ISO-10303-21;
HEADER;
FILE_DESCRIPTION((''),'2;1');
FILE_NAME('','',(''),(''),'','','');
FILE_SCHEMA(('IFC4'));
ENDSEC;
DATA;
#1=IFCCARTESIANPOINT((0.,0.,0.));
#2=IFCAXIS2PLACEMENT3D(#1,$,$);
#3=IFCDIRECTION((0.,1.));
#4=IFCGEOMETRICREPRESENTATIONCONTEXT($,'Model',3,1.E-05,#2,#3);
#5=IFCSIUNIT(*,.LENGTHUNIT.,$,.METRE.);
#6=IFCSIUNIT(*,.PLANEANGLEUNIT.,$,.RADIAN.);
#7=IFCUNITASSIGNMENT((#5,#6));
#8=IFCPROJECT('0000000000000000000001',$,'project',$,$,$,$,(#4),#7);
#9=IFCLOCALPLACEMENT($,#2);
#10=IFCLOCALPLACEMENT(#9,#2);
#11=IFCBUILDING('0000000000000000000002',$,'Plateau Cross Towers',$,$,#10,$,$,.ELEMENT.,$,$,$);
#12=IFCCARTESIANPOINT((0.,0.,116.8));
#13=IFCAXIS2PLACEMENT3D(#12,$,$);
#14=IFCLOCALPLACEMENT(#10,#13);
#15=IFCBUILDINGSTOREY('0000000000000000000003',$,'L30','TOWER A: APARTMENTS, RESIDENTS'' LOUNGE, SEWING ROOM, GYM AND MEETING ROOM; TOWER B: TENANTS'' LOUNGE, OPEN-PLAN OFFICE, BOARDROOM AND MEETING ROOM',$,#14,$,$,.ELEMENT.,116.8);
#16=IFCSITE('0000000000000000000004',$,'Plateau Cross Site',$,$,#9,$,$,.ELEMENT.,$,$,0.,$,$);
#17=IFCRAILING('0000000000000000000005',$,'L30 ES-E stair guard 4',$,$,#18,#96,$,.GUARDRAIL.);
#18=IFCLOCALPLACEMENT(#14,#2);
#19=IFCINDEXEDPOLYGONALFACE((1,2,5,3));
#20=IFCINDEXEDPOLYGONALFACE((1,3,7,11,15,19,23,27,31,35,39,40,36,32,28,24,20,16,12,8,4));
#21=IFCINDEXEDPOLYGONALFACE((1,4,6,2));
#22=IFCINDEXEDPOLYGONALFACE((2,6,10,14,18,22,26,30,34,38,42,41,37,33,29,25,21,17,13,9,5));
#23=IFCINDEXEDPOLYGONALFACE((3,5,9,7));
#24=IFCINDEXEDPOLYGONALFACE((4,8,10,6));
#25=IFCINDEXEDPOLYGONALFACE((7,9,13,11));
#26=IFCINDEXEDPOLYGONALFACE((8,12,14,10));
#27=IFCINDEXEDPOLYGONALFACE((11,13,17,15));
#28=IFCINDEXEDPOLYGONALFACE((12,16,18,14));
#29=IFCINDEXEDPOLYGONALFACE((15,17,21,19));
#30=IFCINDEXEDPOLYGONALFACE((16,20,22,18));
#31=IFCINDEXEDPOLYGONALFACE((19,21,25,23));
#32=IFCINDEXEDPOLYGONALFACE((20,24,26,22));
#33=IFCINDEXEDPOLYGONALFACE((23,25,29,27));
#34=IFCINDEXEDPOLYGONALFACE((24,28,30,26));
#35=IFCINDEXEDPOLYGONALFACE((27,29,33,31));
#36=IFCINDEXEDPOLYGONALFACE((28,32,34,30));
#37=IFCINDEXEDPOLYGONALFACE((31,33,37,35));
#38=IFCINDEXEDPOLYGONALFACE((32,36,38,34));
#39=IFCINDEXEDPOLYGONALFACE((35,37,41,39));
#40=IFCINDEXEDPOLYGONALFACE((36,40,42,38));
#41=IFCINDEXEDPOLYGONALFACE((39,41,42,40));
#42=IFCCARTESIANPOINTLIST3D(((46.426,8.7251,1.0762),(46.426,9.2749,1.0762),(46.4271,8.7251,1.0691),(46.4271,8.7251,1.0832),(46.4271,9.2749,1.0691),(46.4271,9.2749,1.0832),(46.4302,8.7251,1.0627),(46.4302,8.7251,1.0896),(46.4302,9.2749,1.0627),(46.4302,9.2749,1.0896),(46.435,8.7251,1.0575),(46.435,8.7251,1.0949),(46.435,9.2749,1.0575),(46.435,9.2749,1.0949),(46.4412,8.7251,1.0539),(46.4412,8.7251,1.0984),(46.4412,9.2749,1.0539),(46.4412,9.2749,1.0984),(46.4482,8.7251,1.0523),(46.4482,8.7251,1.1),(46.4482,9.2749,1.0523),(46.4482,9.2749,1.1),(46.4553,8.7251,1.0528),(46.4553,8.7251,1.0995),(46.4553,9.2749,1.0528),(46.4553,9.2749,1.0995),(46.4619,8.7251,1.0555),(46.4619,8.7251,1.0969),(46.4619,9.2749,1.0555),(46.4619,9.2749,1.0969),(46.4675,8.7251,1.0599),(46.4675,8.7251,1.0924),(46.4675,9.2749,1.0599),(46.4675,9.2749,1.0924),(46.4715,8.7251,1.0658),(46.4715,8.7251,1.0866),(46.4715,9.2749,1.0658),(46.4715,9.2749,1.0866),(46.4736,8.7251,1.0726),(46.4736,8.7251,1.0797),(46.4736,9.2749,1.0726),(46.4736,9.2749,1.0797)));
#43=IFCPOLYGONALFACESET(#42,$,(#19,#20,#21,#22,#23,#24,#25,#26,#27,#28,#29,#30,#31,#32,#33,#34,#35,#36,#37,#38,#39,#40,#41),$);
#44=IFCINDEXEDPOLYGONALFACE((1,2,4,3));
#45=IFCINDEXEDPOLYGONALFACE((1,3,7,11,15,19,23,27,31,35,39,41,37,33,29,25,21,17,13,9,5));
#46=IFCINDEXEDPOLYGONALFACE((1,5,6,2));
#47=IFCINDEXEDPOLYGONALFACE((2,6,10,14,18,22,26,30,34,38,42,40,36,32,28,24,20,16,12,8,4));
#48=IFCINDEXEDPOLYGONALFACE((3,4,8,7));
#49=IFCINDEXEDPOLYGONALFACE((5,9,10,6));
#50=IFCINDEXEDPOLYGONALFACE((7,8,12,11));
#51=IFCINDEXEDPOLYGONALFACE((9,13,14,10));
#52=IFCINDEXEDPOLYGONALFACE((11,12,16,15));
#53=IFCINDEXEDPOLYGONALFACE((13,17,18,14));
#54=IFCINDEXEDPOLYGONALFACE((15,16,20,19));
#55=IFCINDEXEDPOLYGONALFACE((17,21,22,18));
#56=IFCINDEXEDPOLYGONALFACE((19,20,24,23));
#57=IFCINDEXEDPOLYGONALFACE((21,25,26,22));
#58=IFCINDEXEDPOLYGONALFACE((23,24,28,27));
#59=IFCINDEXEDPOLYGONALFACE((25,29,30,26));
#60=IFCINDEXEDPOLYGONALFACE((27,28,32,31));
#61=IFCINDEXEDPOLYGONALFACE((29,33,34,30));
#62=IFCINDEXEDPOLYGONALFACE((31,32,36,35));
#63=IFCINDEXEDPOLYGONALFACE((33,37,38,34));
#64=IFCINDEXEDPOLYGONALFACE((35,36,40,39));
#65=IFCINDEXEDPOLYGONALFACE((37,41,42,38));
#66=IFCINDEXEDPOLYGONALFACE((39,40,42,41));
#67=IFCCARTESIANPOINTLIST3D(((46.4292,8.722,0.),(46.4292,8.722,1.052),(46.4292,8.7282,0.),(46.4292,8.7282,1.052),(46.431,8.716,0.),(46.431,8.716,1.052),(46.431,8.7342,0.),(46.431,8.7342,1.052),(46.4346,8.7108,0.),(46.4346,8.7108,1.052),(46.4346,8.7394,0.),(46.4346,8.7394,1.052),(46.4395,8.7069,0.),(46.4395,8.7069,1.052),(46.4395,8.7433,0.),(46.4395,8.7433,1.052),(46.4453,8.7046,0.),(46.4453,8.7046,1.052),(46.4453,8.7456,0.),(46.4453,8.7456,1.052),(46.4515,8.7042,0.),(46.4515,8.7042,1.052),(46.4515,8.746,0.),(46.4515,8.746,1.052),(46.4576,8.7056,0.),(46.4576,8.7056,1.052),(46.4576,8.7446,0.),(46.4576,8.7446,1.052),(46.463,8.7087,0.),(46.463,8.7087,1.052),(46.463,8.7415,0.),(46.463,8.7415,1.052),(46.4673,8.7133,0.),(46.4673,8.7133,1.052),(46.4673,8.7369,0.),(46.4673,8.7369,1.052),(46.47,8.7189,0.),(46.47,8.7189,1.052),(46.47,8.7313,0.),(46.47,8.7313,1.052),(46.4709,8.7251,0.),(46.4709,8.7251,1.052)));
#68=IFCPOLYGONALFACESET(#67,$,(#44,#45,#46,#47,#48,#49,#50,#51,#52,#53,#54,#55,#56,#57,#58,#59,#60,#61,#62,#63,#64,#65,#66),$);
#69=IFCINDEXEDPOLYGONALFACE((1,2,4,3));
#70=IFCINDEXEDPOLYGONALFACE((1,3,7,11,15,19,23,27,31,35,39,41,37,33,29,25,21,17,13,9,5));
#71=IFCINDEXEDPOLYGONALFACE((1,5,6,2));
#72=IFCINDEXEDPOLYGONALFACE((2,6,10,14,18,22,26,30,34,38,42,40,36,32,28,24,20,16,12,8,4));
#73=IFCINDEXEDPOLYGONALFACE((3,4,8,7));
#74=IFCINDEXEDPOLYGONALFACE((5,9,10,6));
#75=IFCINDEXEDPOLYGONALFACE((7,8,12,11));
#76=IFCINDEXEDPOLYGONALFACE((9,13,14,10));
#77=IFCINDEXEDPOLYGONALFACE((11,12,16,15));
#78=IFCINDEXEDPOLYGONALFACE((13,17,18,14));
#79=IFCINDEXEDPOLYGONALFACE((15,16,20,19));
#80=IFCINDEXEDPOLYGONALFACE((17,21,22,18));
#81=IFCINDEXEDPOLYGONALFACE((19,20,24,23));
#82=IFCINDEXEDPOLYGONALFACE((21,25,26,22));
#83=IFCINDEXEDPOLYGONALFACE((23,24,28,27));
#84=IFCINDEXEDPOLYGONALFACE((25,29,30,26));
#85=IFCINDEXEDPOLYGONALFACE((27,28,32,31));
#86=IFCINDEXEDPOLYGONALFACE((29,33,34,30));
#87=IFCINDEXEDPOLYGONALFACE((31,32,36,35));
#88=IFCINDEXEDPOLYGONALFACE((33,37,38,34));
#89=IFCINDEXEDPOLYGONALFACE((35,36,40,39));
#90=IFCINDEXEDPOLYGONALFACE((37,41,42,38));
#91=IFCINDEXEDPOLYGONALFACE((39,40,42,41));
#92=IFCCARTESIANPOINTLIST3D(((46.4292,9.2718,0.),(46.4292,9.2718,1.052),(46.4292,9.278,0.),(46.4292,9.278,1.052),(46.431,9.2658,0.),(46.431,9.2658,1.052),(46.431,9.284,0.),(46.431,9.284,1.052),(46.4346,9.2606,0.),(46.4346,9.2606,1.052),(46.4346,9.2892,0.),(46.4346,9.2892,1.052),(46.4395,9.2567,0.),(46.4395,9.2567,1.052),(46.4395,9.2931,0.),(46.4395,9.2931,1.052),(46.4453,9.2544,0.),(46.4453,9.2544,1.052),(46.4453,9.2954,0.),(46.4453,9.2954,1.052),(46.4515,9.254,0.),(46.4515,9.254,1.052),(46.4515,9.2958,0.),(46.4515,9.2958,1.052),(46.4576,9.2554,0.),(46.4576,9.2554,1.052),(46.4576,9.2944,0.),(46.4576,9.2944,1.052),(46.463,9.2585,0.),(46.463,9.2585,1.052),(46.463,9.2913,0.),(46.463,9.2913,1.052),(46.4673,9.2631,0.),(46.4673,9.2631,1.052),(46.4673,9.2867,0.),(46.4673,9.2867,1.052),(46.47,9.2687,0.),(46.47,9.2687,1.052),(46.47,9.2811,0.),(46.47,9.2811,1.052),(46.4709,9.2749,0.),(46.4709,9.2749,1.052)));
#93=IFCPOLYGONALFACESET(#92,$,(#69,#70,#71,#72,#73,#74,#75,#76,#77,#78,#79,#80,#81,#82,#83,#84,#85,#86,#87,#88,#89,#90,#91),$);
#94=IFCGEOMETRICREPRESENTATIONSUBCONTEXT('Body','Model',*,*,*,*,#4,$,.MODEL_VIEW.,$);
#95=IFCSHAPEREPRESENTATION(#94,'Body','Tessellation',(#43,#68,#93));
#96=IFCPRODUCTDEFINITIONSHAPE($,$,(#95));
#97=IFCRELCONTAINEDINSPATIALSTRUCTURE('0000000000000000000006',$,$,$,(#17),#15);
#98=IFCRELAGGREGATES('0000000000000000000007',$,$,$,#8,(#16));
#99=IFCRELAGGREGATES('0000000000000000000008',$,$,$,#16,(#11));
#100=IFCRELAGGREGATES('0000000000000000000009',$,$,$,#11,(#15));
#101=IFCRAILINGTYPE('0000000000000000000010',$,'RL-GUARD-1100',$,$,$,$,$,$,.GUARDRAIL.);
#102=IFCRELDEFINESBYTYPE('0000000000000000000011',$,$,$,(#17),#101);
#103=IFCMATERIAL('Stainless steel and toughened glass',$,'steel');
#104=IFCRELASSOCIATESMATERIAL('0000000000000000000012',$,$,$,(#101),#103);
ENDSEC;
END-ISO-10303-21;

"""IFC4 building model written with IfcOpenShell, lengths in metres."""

from ifc_helpers import new_model, si_unit, direction, frame, origin, origin_2d, place, context, subcontext, project, spatial, circle, extrude, material, type_object, element, save


model = new_model("IFC4")

# Units and contexts
model_context = context("Model", 3, precision=1e-05, world=origin(), true_north=direction((0.0, 1.0)))
body_context = subcontext(model_context, "Body", "Model", "MODEL_VIEW")
ifc_project = project(units=[si_unit("LENGTHUNIT", "METRE"), si_unit("PLANEANGLEUNIT", "RADIAN")], contexts=[model_context])

# Site, building, storey
site_placement = place(None, origin())
site = spatial("IfcSite", under=ifc_project, at=site_placement, Name="Plateau Cross Site", CompositionType="ELEMENT", RefElevation=0.0)
building_placement = place(site_placement, origin())
building = spatial("IfcBuilding", under=site, at=building_placement, Name="Plateau Cross Towers", CompositionType="ELEMENT")
storey_placement = place(building_placement, frame((0.0, 0.0, 116.8)))
storey = spatial("IfcBuildingStorey", under=building, at=storey_placement, Name="L30", Description="TOWER A: APARTMENTS, RESIDENTS' LOUNGE, SEWING ROOM, GYM AND MEETING ROOM; TOWER B: TENANTS' LOUNGE, OPEN-PLAN OFFICE, BOARDROOM AND MEETING ROOM", CompositionType="ELEMENT", Elevation=116.8)

# Railing
ifc_material_1 = material(Name="Stainless steel and toughened glass", Category="steel")
railing_type_1 = type_object("IfcRailingType", Name="RL-GUARD-1100", PredefinedType="GUARDRAIL", material=ifc_material_1)
railing_1_placement = place(storey_placement, frame((46.45, 8.7251, 0.0)))
element("IfcRailing", 1, at=railing_1_placement, inside=storey, type_object=railing_type_1, Name="L30 ES-E stair guard 4", PredefinedType="GUARDRAIL", context=body_context, shape_type="SweptSolid", body=[
    extrude(circle(Radius=0.0239, at=origin_2d()), frame((0.0, 0.0, 1.0762), z_axis=(0.0, 1.0, 0.0), x_axis=(-1.0, 0.0, 0.0)), (0.0, 0.0, 1.0), 0.5498),
    extrude(circle(Radius=0.021, at=origin_2d()), origin(), (0.0, 0.0, 1.0), 1.052),
    extrude(circle(Radius=0.021, at=origin_2d()), frame((0.0, 0.5498, 0.0)), (0.0, 0.0, 1.0), 1.052),
])

save(model, "model.ifc")
